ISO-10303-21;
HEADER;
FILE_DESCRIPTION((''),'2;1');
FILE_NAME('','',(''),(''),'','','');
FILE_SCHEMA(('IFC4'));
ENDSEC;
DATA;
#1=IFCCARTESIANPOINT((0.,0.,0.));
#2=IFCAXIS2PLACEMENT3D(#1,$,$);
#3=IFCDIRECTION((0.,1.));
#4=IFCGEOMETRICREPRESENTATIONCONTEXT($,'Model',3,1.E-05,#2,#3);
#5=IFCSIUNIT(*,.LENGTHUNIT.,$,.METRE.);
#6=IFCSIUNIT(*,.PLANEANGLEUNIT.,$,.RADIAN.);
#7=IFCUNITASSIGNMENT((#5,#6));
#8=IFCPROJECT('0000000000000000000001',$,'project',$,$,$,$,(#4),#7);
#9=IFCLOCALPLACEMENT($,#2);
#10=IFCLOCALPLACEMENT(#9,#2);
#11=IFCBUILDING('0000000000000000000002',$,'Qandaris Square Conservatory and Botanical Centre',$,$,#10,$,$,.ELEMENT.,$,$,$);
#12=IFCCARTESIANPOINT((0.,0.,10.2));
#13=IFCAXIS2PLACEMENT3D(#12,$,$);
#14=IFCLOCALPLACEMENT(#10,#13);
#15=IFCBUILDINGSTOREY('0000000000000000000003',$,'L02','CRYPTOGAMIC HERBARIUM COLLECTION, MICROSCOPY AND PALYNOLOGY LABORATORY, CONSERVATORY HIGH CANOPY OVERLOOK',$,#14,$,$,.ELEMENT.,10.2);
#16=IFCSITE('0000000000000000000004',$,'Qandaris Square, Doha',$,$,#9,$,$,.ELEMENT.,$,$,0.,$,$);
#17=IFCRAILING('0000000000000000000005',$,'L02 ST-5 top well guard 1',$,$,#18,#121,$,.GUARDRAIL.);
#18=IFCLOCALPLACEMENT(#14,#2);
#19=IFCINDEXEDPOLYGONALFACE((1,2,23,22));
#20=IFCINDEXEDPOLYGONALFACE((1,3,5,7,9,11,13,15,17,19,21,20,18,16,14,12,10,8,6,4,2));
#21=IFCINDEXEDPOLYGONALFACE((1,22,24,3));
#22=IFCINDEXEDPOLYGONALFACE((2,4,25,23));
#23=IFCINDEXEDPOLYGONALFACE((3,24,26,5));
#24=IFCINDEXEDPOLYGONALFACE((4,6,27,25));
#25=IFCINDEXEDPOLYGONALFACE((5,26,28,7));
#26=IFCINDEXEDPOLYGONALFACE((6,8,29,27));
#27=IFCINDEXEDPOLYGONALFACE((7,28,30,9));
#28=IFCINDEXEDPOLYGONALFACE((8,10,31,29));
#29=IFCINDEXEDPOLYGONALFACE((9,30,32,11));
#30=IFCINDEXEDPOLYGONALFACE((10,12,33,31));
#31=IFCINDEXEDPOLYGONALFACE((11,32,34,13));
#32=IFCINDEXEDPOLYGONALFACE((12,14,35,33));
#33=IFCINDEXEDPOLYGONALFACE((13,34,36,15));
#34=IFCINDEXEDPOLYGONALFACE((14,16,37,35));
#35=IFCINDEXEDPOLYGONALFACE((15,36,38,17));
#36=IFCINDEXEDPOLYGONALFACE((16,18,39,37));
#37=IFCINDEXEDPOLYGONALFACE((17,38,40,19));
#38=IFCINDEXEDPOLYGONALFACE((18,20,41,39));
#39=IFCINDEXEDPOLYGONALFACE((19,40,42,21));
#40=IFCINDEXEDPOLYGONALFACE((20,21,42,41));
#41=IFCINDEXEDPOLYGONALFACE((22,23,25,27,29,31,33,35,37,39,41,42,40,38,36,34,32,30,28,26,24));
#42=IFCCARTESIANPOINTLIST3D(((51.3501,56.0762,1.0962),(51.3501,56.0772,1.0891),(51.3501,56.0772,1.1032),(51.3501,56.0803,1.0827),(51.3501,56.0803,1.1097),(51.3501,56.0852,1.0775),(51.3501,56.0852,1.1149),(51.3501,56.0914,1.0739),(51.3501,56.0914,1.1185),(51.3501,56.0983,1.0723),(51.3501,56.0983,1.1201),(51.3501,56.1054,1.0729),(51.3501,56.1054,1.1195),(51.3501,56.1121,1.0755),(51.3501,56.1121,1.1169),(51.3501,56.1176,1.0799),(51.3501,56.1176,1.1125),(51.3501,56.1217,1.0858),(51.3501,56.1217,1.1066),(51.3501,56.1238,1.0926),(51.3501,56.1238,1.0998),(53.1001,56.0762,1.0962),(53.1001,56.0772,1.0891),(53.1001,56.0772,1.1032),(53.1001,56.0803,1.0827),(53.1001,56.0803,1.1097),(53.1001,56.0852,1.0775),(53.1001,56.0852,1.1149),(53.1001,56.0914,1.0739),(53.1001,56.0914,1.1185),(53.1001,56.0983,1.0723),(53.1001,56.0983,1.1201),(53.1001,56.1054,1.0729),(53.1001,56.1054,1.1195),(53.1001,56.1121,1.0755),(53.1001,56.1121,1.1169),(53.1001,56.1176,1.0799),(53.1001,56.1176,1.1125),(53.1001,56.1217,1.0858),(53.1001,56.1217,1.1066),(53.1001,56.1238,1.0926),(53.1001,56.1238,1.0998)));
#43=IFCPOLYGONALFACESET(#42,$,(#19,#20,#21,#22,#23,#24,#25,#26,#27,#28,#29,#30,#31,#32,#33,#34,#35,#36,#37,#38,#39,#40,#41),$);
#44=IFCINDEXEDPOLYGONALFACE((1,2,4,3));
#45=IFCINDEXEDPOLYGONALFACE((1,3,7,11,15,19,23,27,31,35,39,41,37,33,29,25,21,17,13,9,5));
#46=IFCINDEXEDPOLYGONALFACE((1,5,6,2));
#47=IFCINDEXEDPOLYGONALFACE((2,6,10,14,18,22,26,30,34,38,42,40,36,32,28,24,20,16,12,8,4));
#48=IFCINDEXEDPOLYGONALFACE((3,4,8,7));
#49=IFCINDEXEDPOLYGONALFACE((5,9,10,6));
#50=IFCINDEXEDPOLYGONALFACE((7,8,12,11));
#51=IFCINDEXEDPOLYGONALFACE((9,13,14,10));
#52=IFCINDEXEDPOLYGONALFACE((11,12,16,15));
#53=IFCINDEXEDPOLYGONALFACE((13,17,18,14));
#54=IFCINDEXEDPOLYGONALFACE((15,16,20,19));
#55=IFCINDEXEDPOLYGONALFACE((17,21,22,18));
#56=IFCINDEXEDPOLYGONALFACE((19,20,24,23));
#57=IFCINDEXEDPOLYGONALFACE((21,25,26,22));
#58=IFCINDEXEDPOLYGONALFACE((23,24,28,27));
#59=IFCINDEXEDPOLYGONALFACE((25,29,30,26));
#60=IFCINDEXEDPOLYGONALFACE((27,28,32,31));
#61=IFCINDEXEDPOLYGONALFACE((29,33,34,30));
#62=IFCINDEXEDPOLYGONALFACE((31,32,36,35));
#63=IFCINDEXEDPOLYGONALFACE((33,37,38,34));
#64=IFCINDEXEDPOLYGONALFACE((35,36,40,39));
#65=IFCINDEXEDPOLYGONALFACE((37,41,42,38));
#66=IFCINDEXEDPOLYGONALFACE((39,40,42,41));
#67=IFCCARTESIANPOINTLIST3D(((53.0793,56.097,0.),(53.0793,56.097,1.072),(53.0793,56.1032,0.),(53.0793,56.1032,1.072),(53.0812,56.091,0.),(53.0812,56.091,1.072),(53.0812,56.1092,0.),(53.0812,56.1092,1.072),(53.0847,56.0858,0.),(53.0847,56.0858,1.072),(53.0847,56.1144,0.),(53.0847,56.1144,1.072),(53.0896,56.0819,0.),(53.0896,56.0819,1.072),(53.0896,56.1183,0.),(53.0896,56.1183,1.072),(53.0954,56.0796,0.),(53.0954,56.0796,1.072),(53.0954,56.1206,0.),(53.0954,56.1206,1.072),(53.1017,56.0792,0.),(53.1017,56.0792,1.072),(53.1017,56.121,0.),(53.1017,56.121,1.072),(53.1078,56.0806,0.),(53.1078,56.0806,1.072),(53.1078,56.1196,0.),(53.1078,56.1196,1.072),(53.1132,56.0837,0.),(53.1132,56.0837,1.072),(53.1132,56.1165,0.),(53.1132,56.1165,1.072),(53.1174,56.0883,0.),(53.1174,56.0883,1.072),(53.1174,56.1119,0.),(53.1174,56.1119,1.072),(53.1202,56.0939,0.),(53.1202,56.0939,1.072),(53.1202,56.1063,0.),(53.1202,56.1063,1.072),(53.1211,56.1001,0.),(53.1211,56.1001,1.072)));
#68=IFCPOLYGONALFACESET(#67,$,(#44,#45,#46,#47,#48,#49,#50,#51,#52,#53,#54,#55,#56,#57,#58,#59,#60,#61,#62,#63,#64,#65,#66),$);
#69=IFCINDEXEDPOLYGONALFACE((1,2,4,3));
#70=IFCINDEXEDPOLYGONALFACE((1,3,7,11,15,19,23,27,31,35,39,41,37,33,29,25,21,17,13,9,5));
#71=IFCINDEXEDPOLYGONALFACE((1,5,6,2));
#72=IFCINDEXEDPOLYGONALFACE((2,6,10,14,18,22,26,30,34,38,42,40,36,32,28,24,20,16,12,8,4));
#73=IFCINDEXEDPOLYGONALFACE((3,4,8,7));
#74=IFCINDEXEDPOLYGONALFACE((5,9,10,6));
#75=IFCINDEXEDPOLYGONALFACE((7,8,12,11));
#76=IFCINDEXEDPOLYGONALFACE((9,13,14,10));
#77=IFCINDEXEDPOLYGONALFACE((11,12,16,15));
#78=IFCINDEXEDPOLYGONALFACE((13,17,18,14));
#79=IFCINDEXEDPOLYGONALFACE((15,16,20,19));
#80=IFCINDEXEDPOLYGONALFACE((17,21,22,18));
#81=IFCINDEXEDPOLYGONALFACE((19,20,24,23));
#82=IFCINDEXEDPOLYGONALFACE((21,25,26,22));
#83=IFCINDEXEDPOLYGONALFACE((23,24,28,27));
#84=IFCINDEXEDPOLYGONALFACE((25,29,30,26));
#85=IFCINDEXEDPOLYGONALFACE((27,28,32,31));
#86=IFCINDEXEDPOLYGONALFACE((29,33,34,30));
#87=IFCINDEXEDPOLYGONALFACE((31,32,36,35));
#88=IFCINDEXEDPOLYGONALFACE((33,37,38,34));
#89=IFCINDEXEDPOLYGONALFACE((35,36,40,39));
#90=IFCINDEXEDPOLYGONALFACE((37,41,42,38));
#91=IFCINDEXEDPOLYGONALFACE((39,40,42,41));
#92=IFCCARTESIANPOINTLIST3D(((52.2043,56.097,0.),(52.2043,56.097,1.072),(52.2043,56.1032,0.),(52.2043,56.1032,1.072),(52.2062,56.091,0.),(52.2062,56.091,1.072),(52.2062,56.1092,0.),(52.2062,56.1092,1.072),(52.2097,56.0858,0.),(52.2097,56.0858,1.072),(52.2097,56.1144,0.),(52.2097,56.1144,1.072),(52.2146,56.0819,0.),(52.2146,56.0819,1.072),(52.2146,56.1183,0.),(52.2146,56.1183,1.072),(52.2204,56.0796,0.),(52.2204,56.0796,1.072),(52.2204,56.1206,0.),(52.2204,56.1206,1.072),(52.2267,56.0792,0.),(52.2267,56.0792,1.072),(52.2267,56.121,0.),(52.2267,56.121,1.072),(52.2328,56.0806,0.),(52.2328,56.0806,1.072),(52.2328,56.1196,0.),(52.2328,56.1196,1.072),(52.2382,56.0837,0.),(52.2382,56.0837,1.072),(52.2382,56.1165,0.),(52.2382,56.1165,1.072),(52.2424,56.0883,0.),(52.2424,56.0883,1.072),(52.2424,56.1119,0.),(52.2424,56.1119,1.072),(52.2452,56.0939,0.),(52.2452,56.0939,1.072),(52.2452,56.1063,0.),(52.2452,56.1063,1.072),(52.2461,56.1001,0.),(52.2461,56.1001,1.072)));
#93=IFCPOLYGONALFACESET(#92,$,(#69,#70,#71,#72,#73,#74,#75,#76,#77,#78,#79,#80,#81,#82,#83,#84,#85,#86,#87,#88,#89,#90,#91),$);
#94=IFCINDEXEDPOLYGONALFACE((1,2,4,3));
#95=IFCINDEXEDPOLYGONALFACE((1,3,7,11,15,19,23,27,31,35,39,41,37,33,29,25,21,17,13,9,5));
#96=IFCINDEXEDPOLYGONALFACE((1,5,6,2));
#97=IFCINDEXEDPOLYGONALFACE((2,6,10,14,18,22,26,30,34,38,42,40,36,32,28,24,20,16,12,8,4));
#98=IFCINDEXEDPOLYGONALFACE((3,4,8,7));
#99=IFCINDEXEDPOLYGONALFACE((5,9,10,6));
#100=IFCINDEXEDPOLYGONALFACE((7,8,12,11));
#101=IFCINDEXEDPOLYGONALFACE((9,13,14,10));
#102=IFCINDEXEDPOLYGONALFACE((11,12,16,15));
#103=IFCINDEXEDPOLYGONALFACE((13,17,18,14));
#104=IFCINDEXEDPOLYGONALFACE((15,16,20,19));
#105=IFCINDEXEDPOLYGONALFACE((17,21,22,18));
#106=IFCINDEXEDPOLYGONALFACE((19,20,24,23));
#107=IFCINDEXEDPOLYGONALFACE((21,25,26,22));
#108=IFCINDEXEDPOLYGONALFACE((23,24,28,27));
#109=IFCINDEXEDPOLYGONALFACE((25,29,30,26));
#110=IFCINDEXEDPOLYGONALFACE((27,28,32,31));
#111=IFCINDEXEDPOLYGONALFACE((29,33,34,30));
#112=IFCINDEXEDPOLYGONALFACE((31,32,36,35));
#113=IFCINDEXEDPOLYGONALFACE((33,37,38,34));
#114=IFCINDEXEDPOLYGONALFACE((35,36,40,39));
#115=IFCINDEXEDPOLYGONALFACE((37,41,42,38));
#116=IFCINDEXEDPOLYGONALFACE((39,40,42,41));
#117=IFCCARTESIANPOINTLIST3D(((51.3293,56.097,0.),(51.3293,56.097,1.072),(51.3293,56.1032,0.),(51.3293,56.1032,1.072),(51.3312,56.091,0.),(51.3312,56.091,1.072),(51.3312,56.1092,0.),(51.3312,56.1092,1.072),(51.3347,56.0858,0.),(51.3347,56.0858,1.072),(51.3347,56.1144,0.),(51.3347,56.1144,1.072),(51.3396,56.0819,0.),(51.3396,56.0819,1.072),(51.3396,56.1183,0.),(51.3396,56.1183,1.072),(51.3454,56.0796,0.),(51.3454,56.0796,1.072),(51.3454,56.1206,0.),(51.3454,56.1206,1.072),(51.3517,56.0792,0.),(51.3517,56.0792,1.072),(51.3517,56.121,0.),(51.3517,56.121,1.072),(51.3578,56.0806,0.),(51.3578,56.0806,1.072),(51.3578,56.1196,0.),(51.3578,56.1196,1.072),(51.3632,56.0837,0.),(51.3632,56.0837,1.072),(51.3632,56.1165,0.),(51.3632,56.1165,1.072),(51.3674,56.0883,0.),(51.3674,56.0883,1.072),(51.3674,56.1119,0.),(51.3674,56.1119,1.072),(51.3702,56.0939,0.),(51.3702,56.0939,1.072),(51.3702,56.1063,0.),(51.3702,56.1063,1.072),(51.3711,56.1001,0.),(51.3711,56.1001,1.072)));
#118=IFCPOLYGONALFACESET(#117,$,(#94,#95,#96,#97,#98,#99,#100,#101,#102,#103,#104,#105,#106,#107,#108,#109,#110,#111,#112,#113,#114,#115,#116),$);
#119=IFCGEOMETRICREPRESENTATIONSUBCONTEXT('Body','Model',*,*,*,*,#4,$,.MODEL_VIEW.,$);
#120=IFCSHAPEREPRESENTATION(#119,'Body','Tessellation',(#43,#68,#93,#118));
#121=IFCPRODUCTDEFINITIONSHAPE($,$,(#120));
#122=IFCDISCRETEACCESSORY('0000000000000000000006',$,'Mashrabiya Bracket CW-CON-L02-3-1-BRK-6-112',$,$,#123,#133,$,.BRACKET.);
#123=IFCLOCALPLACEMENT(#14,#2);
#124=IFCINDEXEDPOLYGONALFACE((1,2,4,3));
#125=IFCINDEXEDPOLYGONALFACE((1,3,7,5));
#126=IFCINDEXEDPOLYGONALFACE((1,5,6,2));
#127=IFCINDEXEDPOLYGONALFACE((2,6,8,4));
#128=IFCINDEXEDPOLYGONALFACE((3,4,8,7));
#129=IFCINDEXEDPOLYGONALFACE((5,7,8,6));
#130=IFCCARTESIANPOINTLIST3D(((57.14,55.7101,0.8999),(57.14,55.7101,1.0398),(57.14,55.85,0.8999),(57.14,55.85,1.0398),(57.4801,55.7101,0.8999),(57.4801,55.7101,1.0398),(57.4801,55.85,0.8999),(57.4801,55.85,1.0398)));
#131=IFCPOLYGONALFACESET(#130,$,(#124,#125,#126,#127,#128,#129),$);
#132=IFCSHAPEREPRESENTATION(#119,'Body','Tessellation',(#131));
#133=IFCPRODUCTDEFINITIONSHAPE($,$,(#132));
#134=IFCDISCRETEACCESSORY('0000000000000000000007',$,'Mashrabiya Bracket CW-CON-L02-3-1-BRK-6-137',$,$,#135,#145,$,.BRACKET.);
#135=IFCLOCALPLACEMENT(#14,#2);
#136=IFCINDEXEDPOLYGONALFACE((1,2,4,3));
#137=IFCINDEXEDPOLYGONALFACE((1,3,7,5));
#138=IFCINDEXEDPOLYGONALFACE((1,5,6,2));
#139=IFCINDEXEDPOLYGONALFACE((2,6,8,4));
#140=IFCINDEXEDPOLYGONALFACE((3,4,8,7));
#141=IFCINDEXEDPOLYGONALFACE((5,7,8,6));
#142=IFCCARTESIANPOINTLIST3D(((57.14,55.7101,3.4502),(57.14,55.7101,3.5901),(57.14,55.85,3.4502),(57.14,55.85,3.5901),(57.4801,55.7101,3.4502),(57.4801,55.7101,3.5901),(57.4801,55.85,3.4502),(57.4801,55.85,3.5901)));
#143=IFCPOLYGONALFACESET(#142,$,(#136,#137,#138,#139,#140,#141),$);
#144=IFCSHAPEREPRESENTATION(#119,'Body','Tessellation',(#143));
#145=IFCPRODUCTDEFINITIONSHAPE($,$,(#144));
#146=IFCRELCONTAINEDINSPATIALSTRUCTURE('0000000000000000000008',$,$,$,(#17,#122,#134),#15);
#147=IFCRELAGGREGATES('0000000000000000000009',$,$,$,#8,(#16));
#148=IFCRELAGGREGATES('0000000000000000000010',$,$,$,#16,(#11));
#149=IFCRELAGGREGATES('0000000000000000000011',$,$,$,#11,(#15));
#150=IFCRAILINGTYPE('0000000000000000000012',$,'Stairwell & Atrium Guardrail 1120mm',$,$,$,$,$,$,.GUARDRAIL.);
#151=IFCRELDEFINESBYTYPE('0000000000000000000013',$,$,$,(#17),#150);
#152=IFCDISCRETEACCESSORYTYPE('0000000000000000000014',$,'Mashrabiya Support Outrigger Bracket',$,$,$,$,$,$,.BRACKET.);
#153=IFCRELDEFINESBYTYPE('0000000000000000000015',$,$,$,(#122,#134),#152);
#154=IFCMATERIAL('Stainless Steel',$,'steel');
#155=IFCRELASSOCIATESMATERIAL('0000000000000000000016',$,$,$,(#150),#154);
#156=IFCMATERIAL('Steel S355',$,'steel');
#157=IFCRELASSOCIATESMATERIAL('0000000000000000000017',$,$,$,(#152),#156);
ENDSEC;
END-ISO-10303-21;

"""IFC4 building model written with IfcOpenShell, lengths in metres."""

from ifc_helpers import new_model, si_unit, direction, frame, origin, origin_2d, place, context, subcontext, project, spatial, rectangle, circle, extrude, material, type_object, element, save


model = new_model("IFC4")

# Units and contexts
model_context = context("Model", 3, precision=1e-05, world=origin(), true_north=direction((0.0, 1.0)))
body_context = subcontext(model_context, "Body", "Model", "MODEL_VIEW")
ifc_project = project(units=[si_unit("LENGTHUNIT", "METRE"), si_unit("PLANEANGLEUNIT", "RADIAN")], contexts=[model_context])

# Site, building, storey
site_placement = place(None, origin())
site = spatial("IfcSite", under=ifc_project, at=site_placement, Name="Qandaris Square, Doha", CompositionType="ELEMENT", RefElevation=0.0)
building_placement = place(site_placement, origin())
building = spatial("IfcBuilding", under=site, at=building_placement, Name="Qandaris Square Conservatory and Botanical Centre", CompositionType="ELEMENT")
storey_placement = place(building_placement, frame((0.0, 0.0, 10.2)))
storey = spatial("IfcBuildingStorey", under=building, at=storey_placement, Name="L02", Description="CRYPTOGAMIC HERBARIUM COLLECTION, MICROSCOPY AND PALYNOLOGY LABORATORY, CONSERVATORY HIGH CANOPY OVERLOOK", CompositionType="ELEMENT", Elevation=10.2)

# Railing
ifc_material_1 = material(Name="Stainless Steel", Category="steel")
railing_type = type_object("IfcRailingType", Name="Stairwell & Atrium Guardrail 1120mm", PredefinedType="GUARDRAIL", material=ifc_material_1)
railing_placement = place(storey_placement, frame((53.1001, 56.1001, 0.0)))
element("IfcRailing", 1, at=railing_placement, inside=storey, type_object=railing_type, Name="L02 ST-5 top well guard 1", PredefinedType="GUARDRAIL", context=body_context, shape_type="SweptSolid", body=[
    extrude(circle(Radius=0.0239, at=origin_2d()), frame((0.0, 0.0, 1.0962), z_axis=(-1.0, 0.0, 0.0), x_axis=(0.0, -1.0, 0.0)), (0.0, 0.0, 1.0), 1.75),
    extrude(circle(Radius=0.021, at=origin_2d()), origin(), (0.0, 0.0, 1.0), 1.072),
    extrude(circle(Radius=0.021, at=origin_2d()), frame((-0.875, 0.0, 0.0)), (0.0, 0.0, 1.0), 1.072),
    extrude(circle(Radius=0.021, at=origin_2d()), frame((-1.75, 0.0, 0.0)), (0.0, 0.0, 1.0), 1.072),
])

# Discrete accessories
ifc_material_2 = material(Name="Steel S355", Category="steel")
discrete_accessory_type = type_object("IfcDiscreteAccessoryType", Name="Mashrabiya Support Outrigger Bracket", PredefinedType="BRACKET", material=ifc_material_2)
for number, where, z_axis, x_axis, name in (
    (2, (57.3101, 55.78, 0.8999), (0.0, 0.0, 1.0), (0.0, 1.0, 0.0), "Mashrabiya Bracket CW-CON-L02-3-1-BRK-6-112"),
    (3, (57.3101, 55.78, 3.4502), (0.0, 0.0, 1.0), (0.0, 1.0, 0.0), "Mashrabiya Bracket CW-CON-L02-3-1-BRK-6-137"),
):
    element("IfcDiscreteAccessory", number, at=place(storey_placement, frame(where, z_axis=z_axis, x_axis=x_axis)), inside=storey, type_object=discrete_accessory_type, Name=name, PredefinedType="BRACKET", context=body_context, shape_type="SweptSolid", body=[
        extrude(rectangle(XDim=0.1399, YDim=0.3401, at=origin_2d()), origin(), (0.0, 0.0, 1.0), 0.1399),
    ])

save(model, "model.ifc")
